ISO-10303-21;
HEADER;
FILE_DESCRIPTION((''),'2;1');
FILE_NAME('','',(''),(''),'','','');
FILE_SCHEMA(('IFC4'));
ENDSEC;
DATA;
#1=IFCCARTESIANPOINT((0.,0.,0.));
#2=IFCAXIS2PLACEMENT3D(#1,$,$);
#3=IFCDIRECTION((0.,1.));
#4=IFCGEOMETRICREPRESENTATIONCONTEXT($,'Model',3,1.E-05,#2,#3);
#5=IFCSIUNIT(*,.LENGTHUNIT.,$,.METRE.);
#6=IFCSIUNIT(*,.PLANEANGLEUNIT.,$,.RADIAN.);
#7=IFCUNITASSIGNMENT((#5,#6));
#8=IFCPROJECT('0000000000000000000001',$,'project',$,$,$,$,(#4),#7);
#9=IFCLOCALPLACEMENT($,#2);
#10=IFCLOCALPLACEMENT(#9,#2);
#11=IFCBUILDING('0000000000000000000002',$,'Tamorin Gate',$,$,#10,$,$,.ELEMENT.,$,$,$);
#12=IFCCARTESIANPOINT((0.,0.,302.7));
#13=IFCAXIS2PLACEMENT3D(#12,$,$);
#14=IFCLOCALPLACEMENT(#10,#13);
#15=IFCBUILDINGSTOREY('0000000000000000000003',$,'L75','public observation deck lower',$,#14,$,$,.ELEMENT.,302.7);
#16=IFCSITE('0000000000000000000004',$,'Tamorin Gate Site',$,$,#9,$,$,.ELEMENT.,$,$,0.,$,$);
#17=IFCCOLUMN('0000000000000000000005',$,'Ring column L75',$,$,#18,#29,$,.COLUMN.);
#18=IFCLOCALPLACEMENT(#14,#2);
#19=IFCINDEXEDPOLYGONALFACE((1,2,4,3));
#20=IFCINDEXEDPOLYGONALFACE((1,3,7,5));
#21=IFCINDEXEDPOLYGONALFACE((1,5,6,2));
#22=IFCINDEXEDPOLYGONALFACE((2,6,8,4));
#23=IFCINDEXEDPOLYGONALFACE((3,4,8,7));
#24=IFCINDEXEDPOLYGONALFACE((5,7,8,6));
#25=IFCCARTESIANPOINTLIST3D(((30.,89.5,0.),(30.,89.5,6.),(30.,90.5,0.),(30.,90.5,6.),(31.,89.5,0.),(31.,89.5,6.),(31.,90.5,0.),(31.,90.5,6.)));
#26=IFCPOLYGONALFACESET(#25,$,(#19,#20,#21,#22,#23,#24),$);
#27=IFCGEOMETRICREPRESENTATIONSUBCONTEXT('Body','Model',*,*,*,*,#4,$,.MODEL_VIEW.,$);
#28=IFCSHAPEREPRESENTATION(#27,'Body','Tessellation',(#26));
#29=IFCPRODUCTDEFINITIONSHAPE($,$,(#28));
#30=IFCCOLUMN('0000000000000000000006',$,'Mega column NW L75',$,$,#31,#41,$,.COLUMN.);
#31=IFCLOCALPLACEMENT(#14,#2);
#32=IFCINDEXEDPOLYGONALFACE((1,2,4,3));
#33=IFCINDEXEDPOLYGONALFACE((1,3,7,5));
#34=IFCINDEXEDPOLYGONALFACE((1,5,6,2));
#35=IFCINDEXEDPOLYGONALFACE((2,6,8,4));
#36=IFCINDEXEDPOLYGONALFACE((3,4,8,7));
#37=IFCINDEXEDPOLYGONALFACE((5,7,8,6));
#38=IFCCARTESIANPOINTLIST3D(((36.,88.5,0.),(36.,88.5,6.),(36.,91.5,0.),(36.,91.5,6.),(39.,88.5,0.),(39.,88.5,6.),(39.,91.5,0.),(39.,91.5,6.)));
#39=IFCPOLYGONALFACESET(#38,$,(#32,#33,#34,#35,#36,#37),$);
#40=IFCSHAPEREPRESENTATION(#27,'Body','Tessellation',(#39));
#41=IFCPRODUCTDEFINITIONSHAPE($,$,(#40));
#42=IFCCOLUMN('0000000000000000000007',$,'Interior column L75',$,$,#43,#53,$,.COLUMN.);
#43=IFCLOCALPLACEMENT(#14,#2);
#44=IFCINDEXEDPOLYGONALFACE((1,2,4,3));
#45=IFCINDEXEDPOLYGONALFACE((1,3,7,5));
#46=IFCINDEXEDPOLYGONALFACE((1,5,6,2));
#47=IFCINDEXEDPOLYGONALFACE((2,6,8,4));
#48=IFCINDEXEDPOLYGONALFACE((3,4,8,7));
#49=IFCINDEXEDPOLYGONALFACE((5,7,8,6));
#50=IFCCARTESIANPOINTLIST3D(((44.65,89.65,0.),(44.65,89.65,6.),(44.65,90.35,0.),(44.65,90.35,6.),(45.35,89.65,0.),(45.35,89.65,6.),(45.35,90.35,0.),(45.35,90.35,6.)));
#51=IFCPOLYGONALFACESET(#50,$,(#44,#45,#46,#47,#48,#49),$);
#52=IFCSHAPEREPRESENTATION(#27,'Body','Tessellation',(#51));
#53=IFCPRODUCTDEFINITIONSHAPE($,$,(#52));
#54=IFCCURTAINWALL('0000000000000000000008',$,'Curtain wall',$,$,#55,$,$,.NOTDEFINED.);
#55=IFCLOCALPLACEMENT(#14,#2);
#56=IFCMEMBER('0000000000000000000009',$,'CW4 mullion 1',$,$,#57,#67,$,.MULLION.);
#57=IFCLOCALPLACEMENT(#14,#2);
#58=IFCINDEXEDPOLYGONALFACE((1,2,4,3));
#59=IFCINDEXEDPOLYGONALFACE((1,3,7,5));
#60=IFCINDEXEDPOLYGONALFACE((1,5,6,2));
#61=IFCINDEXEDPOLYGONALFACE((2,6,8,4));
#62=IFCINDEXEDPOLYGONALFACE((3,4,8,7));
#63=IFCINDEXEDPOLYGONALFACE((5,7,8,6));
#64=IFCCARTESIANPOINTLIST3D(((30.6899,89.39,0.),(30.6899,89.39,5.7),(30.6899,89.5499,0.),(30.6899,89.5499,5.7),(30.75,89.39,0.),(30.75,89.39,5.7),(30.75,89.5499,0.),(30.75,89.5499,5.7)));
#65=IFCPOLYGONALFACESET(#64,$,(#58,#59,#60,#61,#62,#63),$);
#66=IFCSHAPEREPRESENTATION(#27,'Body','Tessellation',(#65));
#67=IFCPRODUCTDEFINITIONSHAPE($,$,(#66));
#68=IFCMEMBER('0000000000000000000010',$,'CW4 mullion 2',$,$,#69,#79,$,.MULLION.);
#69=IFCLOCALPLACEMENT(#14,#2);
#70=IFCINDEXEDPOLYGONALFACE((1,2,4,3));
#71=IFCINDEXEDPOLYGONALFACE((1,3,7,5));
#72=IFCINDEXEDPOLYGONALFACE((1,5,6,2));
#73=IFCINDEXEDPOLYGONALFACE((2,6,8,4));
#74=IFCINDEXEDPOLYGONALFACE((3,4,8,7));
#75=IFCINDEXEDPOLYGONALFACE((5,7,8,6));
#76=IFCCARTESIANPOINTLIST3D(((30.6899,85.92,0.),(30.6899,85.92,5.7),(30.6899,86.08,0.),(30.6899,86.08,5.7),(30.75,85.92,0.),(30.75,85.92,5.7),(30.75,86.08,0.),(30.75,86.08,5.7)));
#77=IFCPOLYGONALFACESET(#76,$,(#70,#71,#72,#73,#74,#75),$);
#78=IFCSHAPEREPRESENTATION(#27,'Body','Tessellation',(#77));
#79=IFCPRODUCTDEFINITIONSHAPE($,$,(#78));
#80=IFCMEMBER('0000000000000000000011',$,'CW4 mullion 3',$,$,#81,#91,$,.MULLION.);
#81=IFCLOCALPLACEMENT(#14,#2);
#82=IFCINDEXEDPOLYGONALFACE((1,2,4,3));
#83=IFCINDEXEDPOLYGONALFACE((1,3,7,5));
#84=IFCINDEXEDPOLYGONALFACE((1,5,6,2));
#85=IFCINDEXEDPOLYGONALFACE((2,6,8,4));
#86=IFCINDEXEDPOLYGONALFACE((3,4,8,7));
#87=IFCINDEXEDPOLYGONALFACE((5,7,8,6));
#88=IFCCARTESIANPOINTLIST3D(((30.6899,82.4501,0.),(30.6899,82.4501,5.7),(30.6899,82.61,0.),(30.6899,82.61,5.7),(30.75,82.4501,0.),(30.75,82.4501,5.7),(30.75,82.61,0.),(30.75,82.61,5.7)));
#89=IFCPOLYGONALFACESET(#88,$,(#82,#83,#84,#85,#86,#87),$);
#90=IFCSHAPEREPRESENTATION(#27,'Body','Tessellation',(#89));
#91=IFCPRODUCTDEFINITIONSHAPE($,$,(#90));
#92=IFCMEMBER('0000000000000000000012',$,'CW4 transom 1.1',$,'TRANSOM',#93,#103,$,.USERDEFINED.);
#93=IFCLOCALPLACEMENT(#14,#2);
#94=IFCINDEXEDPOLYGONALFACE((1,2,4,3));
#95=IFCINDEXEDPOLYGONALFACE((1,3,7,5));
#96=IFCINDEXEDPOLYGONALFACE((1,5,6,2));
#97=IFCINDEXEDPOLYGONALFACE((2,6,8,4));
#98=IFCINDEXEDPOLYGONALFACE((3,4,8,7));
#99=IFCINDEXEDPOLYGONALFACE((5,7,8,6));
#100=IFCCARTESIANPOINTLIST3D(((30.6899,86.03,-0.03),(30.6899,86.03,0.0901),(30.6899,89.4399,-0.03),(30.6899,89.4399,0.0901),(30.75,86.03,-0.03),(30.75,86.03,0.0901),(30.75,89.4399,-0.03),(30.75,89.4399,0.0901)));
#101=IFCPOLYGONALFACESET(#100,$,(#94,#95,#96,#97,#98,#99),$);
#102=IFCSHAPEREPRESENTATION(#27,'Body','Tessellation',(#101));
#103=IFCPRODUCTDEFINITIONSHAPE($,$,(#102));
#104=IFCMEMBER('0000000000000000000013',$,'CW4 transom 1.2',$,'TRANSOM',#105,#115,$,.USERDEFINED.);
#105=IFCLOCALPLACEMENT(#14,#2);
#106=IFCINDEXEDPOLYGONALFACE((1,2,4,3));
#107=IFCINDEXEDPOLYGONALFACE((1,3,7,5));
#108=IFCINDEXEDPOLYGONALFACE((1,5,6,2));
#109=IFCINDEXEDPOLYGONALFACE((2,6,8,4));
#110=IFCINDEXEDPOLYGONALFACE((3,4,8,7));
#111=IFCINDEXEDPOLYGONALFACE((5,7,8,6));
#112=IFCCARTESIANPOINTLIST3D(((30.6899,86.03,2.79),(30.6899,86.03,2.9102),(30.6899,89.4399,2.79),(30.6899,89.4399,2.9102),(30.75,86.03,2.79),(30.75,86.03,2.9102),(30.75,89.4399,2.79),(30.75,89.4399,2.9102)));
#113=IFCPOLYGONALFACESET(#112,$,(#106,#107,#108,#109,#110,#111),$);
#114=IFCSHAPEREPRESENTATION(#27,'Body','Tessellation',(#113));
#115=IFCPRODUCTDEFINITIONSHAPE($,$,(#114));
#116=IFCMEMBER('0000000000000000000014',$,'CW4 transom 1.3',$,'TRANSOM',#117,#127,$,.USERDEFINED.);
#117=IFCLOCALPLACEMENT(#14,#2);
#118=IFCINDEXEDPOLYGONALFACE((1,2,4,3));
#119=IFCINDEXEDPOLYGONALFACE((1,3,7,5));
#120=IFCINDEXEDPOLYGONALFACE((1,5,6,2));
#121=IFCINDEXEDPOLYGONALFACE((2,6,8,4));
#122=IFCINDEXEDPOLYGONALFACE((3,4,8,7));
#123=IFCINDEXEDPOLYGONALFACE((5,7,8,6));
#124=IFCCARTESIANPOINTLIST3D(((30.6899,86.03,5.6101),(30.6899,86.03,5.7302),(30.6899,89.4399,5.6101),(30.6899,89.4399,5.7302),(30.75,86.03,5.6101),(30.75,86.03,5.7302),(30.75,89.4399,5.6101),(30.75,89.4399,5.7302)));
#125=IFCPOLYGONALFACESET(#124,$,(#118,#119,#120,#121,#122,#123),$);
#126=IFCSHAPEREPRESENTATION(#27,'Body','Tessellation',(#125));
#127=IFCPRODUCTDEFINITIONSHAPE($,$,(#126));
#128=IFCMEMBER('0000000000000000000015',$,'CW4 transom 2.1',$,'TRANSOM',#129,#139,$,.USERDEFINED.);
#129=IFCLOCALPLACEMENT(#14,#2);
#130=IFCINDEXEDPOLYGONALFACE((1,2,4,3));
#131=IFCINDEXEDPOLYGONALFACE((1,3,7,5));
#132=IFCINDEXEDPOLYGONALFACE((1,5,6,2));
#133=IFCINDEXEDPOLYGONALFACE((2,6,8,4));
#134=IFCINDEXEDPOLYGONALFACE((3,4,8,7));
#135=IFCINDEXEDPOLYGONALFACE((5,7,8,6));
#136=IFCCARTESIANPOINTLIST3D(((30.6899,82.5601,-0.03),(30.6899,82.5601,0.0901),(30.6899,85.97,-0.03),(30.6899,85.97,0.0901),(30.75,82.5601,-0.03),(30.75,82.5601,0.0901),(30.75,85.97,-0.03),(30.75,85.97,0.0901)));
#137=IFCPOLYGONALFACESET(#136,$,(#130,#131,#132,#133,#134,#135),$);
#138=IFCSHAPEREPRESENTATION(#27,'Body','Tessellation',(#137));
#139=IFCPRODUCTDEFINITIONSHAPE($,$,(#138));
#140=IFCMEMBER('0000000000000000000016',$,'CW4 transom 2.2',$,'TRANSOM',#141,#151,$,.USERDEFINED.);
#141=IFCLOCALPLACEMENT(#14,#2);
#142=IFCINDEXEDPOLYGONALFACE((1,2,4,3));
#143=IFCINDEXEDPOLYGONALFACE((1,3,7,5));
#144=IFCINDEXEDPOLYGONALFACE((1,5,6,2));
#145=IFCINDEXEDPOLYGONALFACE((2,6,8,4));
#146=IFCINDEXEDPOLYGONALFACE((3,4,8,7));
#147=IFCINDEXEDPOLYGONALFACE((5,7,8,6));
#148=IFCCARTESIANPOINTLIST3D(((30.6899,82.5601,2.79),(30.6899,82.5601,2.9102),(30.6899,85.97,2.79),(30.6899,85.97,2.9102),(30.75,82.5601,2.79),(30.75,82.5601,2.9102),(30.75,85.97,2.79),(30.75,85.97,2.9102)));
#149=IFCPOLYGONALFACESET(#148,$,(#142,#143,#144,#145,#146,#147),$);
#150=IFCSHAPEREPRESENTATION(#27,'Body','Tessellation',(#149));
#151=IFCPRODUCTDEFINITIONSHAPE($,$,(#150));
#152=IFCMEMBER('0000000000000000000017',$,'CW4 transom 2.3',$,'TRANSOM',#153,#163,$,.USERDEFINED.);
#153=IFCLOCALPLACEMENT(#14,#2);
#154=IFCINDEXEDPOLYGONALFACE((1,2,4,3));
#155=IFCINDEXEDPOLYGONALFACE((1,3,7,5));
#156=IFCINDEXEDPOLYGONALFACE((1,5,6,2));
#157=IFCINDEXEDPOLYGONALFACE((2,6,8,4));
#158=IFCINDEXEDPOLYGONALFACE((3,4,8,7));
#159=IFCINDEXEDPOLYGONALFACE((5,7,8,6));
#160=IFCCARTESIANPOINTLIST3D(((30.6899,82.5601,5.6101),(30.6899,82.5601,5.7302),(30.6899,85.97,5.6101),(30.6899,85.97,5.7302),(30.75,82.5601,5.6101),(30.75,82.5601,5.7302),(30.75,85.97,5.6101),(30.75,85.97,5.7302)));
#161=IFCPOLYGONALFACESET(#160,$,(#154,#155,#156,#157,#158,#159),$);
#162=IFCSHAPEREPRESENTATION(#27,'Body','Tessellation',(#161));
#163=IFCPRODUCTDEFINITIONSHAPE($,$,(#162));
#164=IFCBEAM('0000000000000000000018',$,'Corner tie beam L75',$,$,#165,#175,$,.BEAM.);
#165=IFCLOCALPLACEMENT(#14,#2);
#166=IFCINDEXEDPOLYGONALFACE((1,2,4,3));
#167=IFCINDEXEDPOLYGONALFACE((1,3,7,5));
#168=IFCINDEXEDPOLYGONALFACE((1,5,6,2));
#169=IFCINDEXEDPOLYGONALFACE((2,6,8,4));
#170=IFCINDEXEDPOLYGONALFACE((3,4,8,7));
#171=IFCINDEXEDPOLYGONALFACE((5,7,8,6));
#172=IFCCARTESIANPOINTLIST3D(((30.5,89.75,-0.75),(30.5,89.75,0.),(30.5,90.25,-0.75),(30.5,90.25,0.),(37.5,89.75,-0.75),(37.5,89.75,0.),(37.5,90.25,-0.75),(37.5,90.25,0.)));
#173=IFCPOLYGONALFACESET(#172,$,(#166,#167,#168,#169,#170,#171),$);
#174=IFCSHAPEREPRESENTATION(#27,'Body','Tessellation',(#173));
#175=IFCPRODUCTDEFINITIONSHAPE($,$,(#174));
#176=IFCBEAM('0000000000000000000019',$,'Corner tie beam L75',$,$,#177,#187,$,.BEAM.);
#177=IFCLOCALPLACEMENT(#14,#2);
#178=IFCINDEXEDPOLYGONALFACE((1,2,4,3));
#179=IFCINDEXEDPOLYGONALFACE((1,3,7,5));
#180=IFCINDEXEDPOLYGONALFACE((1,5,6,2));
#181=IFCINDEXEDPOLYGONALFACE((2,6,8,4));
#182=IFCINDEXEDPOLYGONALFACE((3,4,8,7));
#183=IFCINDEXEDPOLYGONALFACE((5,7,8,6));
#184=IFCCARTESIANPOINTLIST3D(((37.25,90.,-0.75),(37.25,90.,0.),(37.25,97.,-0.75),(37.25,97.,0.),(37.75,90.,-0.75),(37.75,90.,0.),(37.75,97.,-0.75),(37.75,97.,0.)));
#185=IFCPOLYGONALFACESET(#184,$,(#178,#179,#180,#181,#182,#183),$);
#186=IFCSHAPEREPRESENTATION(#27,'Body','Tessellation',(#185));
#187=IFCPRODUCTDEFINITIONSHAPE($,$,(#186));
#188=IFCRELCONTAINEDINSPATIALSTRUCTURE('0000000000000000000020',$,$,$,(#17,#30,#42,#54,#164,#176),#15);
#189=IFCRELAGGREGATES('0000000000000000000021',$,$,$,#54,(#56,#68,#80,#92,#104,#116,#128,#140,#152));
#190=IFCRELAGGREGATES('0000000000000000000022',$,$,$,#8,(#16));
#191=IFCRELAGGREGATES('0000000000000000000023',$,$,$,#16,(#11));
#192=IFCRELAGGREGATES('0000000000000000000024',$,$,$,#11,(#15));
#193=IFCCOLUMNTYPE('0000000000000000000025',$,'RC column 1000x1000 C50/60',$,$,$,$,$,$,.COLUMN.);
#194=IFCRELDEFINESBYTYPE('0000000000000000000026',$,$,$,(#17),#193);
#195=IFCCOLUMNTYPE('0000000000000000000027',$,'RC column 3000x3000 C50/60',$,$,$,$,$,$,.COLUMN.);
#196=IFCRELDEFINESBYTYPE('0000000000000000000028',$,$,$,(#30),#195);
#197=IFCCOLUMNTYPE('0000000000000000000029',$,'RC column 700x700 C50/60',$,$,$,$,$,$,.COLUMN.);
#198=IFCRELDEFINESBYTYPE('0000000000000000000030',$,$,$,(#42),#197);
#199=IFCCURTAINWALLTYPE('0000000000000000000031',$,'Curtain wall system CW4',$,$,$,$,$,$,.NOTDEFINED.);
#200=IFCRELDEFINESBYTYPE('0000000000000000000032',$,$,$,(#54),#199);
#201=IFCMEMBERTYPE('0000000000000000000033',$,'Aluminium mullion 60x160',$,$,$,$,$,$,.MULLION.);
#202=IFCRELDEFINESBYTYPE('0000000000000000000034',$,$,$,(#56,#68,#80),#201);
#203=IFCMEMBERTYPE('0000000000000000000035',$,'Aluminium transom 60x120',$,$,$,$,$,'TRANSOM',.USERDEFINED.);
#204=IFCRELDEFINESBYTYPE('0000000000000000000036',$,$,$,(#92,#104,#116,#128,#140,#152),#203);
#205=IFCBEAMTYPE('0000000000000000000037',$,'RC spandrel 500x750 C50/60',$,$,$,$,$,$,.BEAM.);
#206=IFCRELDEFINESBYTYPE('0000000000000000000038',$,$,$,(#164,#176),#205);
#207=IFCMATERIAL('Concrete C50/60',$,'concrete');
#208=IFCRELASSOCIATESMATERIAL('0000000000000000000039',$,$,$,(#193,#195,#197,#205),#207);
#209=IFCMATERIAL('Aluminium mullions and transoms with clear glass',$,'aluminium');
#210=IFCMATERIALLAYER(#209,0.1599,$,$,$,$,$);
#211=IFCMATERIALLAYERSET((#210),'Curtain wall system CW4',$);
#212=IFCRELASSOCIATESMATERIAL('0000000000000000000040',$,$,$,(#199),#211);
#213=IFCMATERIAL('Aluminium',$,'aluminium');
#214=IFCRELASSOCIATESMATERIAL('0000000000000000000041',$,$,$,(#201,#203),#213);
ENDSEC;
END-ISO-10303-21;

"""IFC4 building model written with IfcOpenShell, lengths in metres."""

from ifc_helpers import new_model, si_unit, direction, frame, origin, origin_2d, place, context, subcontext, project, spatial, rectangle, extrude, material, layer, layer_set, material_profile, profile_set, type_object, element, aggregate, save


model = new_model("IFC4")

# Units and contexts
model_context = context("Model", 3, precision=1e-05, world=origin(), true_north=direction((0.0, 1.0)))
body_context = subcontext(model_context, "Body", "Model", "MODEL_VIEW")
ifc_project = project(units=[si_unit("LENGTHUNIT", "METRE"), si_unit("PLANEANGLEUNIT", "RADIAN")], contexts=[model_context])

# Site, building, storey
site_placement = place(None, origin())
site = spatial("IfcSite", under=ifc_project, at=site_placement, Name="Tamorin Gate Site", CompositionType="ELEMENT", RefElevation=0.0)
building_placement = place(site_placement, origin())
building = spatial("IfcBuilding", under=site, at=building_placement, Name="Tamorin Gate", CompositionType="ELEMENT")
storey_placement = place(building_placement, frame((0.0, 0.0, 302.7)))
storey = spatial("IfcBuildingStorey", under=building, at=storey_placement, Name="L75", Description="public observation deck lower", CompositionType="ELEMENT", Elevation=302.7)

# Columns
ifc_material_1 = material(Name="Concrete C50/60", Category="concrete")
ifc_material_profile_1 = material_profile(ifc_material_1, rectangle(XDim=1.0, YDim=1.0, at=origin_2d()), Name="RC 1000x1000")
ifc_profile_set_1 = profile_set([ifc_material_profile_1], Name="Concrete C50/60")
column_type_1 = type_object("IfcColumnType", Name="RC column 1000x1000 C50/60", PredefinedType="COLUMN", material=ifc_profile_set_1)
column_1_placement = place(storey_placement, frame((30.5, 90.0, 0.0), z_axis=(0.0, 0.0, 1.0), x_axis=(1.0, 0.0, 0.0)))
element("IfcColumn", 1, at=column_1_placement, inside=storey, type_object=column_type_1, Name="Ring column L75", PredefinedType="COLUMN", context=body_context, shape_type="SweptSolid", body=[
    extrude(rectangle(XDim=1.0, YDim=1.0, at=origin_2d()), origin(), (0.0, 0.0, 1.0), 6.0),
])
ifc_material_profile_2 = material_profile(ifc_material_1, rectangle(XDim=3.0, YDim=3.0, at=origin_2d()), Name="RC 3000x3000")
ifc_profile_set_2 = profile_set([ifc_material_profile_2], Name="Concrete C50/60")
column_type_2 = type_object("IfcColumnType", Name="RC column 3000x3000 C50/60", PredefinedType="COLUMN", material=ifc_profile_set_2)
column_2_placement = place(storey_placement, frame((37.5, 90.0, 0.0), z_axis=(0.0, 0.0, 1.0), x_axis=(1.0, 0.0, 0.0)))
element("IfcColumn", 2, at=column_2_placement, inside=storey, type_object=column_type_2, Name="Mega column NW L75", PredefinedType="COLUMN", context=body_context, shape_type="SweptSolid", body=[
    extrude(rectangle(XDim=3.0, YDim=3.0, at=origin_2d()), origin(), (0.0, 0.0, 1.0), 6.0),
])
ifc_material_profile_3 = material_profile(ifc_material_1, rectangle(XDim=0.7, YDim=0.7, at=origin_2d()), Name="RC 700x700")
ifc_profile_set_3 = profile_set([ifc_material_profile_3], Name="Concrete C50/60")
column_type_3 = type_object("IfcColumnType", Name="RC column 700x700 C50/60", PredefinedType="COLUMN", material=ifc_profile_set_3)
column_3_placement = place(storey_placement, frame((45.0, 90.0, 0.0), z_axis=(0.0, 0.0, 1.0), x_axis=(1.0, 0.0, 0.0)))
element("IfcColumn", 3, at=column_3_placement, inside=storey, type_object=column_type_3, Name="Interior column L75", PredefinedType="COLUMN", context=body_context, shape_type="SweptSolid", body=[
    extrude(rectangle(XDim=0.7, YDim=0.7, at=origin_2d()), origin(), (0.0, 0.0, 1.0), 6.0),
])

# Curtain wall, members
ifc_material_2 = material(Name="Aluminium mullions and transoms with clear glass", Category="aluminium")
ifc_layer_1 = layer(ifc_material_2, 0.1599)
ifc_layer_set_1 = layer_set([ifc_layer_1], Name="Curtain wall system CW4")
curtain_wall_type = type_object("IfcCurtainWallType", Name="Curtain wall system CW4", PredefinedType="NOTDEFINED", material=ifc_layer_set_1)
curtain_wall_placement = place(storey_placement, origin())
curtain_wall = element("IfcCurtainWall", 4, at=curtain_wall_placement, inside=storey, type_object=curtain_wall_type, Name="Curtain wall", PredefinedType="NOTDEFINED")
ifc_material_3 = material(Name="Aluminium", Category="aluminium")
ifc_material_profile_4 = material_profile(ifc_material_3, rectangle(XDim=0.0601, YDim=0.1599, at=origin_2d()), Name="RECT 60x160")
ifc_profile_set_4 = profile_set([ifc_material_profile_4], Name="Aluminium")
member_type_1 = type_object("IfcMemberType", Name="Aluminium mullion 60x160", PredefinedType="MULLION", material=ifc_profile_set_4)
member_1_placement = place(storey_placement, frame((30.72, 89.47, 0.0), z_axis=(0.0, 0.0, 1.0), x_axis=(1.0, 0.0, 0.0)))
member_1 = element("IfcMember", 5, at=member_1_placement, type_object=member_type_1, Name="CW4 mullion 1", PredefinedType="MULLION", context=body_context, shape_type="SweptSolid", body=[
    extrude(rectangle(XDim=0.0601, YDim=0.1599, at=origin_2d()), origin(), (0.0, 0.0, 1.0), 5.7),
])
member_2_placement = place(storey_placement, frame((30.72, 86.0, 0.0), z_axis=(0.0, 0.0, 1.0), x_axis=(1.0, 0.0, 0.0)))
member_2 = element("IfcMember", 6, at=member_2_placement, type_object=member_type_1, Name="CW4 mullion 2", PredefinedType="MULLION", context=body_context, shape_type="SweptSolid", body=[
    extrude(rectangle(XDim=0.0601, YDim=0.1599, at=origin_2d()), origin(), (0.0, 0.0, 1.0), 5.7),
])
member_3_placement = place(storey_placement, frame((30.72, 82.53, 0.0), z_axis=(0.0, 0.0, 1.0), x_axis=(1.0, 0.0, 0.0)))
member_3 = element("IfcMember", 7, at=member_3_placement, type_object=member_type_1, Name="CW4 mullion 3", PredefinedType="MULLION", context=body_context, shape_type="SweptSolid", body=[
    extrude(rectangle(XDim=0.0601, YDim=0.1599, at=origin_2d()), origin(), (0.0, 0.0, 1.0), 5.7),
])
ifc_material_profile_5 = material_profile(ifc_material_3, rectangle(XDim=0.0601, YDim=0.1201, at=origin_2d()), Name="RECT 60x120")
ifc_profile_set_5 = profile_set([ifc_material_profile_5], Name="Aluminium")
member_type_2 = type_object("IfcMemberType", Name="Aluminium transom 60x120", ElementType="TRANSOM", PredefinedType="USERDEFINED", material=ifc_profile_set_5)
member_4_placement = place(storey_placement, frame((30.72, 89.4399, 0.03), z_axis=(0.0, -1.0, 0.0), x_axis=(1.0, 0.0, 0.0)))
member_4 = element("IfcMember", 8, at=member_4_placement, type_object=member_type_2, Name="CW4 transom 1.1", ObjectType="TRANSOM", PredefinedType="USERDEFINED", context=body_context, shape_type="SweptSolid", body=[
    extrude(rectangle(XDim=0.0601, YDim=0.1201, at=origin_2d()), origin(), (0.0, 0.0, 1.0), 3.4099),
])
member_5_placement = place(storey_placement, frame((30.72, 89.4399, 2.8501), z_axis=(0.0, -1.0, 0.0), x_axis=(1.0, 0.0, 0.0)))
member_5 = element("IfcMember", 9, at=member_5_placement, type_object=member_type_2, Name="CW4 transom 1.2", ObjectType="TRANSOM", PredefinedType="USERDEFINED", context=body_context, shape_type="SweptSolid", body=[
    extrude(rectangle(XDim=0.0601, YDim=0.1201, at=origin_2d()), origin(), (0.0, 0.0, 1.0), 3.4099),
])
member_6_placement = place(storey_placement, frame((30.72, 89.4399, 5.6702), z_axis=(0.0, -1.0, 0.0), x_axis=(1.0, 0.0, 0.0)))
member_6 = element("IfcMember", 10, at=member_6_placement, type_object=member_type_2, Name="CW4 transom 1.3", ObjectType="TRANSOM", PredefinedType="USERDEFINED", context=body_context, shape_type="SweptSolid", body=[
    extrude(rectangle(XDim=0.0601, YDim=0.1201, at=origin_2d()), origin(), (0.0, 0.0, 1.0), 3.4099),
])
member_7_placement = place(storey_placement, frame((30.72, 85.97, 0.03), z_axis=(0.0, -1.0, 0.0), x_axis=(1.0, 0.0, 0.0)))
member_7 = element("IfcMember", 11, at=member_7_placement, type_object=member_type_2, Name="CW4 transom 2.1", ObjectType="TRANSOM", PredefinedType="USERDEFINED", context=body_context, shape_type="SweptSolid", body=[
    extrude(rectangle(XDim=0.0601, YDim=0.1201, at=origin_2d()), origin(), (0.0, 0.0, 1.0), 3.4099),
])
member_8_placement = place(storey_placement, frame((30.72, 85.97, 2.8501), z_axis=(0.0, -1.0, 0.0), x_axis=(1.0, 0.0, 0.0)))
member_8 = element("IfcMember", 12, at=member_8_placement, type_object=member_type_2, Name="CW4 transom 2.2", ObjectType="TRANSOM", PredefinedType="USERDEFINED", context=body_context, shape_type="SweptSolid", body=[
    extrude(rectangle(XDim=0.0601, YDim=0.1201, at=origin_2d()), origin(), (0.0, 0.0, 1.0), 3.4099),
])
member_9_placement = place(storey_placement, frame((30.72, 85.97, 5.6702), z_axis=(0.0, -1.0, 0.0), x_axis=(1.0, 0.0, 0.0)))
member_9 = element("IfcMember", 13, at=member_9_placement, type_object=member_type_2, Name="CW4 transom 2.3", ObjectType="TRANSOM", PredefinedType="USERDEFINED", context=body_context, shape_type="SweptSolid", body=[
    extrude(rectangle(XDim=0.0601, YDim=0.1201, at=origin_2d()), origin(), (0.0, 0.0, 1.0), 3.4099),
])

# Beams
ifc_material_profile_6 = material_profile(ifc_material_1, rectangle(XDim=0.5, YDim=0.75, at=origin_2d()), Name="RC 500x750")
ifc_profile_set_6 = profile_set([ifc_material_profile_6], Name="Concrete C50/60")
beam_type = type_object("IfcBeamType", Name="RC spandrel 500x750 C50/60", PredefinedType="BEAM", material=ifc_profile_set_6)
for number, where, z_axis, x_axis, name in (
    (14, (37.5, 90.0, -0.375), (-1.0, 0.0, 0.0), (0.0, -1.0, 0.0), "Corner tie beam L75"),
    (15, (37.5, 90.0, -0.375), (0.0, 1.0, 0.0), (-1.0, 0.0, 0.0), "Corner tie beam L75"),
):
    element("IfcBeam", number, at=place(storey_placement, frame(where, z_axis=z_axis, x_axis=x_axis)), inside=storey, type_object=beam_type, Name=name, PredefinedType="BEAM", context=body_context, shape_type="SweptSolid", body=[
        extrude(rectangle(XDim=0.5, YDim=0.75, at=origin_2d()), origin(), (0.0, 0.0, 1.0), 7.0),
    ])

aggregate(curtain_wall, [member_1, member_2, member_3, member_4, member_5, member_6, member_7, member_8, member_9])

save(model, "model.ifc")
